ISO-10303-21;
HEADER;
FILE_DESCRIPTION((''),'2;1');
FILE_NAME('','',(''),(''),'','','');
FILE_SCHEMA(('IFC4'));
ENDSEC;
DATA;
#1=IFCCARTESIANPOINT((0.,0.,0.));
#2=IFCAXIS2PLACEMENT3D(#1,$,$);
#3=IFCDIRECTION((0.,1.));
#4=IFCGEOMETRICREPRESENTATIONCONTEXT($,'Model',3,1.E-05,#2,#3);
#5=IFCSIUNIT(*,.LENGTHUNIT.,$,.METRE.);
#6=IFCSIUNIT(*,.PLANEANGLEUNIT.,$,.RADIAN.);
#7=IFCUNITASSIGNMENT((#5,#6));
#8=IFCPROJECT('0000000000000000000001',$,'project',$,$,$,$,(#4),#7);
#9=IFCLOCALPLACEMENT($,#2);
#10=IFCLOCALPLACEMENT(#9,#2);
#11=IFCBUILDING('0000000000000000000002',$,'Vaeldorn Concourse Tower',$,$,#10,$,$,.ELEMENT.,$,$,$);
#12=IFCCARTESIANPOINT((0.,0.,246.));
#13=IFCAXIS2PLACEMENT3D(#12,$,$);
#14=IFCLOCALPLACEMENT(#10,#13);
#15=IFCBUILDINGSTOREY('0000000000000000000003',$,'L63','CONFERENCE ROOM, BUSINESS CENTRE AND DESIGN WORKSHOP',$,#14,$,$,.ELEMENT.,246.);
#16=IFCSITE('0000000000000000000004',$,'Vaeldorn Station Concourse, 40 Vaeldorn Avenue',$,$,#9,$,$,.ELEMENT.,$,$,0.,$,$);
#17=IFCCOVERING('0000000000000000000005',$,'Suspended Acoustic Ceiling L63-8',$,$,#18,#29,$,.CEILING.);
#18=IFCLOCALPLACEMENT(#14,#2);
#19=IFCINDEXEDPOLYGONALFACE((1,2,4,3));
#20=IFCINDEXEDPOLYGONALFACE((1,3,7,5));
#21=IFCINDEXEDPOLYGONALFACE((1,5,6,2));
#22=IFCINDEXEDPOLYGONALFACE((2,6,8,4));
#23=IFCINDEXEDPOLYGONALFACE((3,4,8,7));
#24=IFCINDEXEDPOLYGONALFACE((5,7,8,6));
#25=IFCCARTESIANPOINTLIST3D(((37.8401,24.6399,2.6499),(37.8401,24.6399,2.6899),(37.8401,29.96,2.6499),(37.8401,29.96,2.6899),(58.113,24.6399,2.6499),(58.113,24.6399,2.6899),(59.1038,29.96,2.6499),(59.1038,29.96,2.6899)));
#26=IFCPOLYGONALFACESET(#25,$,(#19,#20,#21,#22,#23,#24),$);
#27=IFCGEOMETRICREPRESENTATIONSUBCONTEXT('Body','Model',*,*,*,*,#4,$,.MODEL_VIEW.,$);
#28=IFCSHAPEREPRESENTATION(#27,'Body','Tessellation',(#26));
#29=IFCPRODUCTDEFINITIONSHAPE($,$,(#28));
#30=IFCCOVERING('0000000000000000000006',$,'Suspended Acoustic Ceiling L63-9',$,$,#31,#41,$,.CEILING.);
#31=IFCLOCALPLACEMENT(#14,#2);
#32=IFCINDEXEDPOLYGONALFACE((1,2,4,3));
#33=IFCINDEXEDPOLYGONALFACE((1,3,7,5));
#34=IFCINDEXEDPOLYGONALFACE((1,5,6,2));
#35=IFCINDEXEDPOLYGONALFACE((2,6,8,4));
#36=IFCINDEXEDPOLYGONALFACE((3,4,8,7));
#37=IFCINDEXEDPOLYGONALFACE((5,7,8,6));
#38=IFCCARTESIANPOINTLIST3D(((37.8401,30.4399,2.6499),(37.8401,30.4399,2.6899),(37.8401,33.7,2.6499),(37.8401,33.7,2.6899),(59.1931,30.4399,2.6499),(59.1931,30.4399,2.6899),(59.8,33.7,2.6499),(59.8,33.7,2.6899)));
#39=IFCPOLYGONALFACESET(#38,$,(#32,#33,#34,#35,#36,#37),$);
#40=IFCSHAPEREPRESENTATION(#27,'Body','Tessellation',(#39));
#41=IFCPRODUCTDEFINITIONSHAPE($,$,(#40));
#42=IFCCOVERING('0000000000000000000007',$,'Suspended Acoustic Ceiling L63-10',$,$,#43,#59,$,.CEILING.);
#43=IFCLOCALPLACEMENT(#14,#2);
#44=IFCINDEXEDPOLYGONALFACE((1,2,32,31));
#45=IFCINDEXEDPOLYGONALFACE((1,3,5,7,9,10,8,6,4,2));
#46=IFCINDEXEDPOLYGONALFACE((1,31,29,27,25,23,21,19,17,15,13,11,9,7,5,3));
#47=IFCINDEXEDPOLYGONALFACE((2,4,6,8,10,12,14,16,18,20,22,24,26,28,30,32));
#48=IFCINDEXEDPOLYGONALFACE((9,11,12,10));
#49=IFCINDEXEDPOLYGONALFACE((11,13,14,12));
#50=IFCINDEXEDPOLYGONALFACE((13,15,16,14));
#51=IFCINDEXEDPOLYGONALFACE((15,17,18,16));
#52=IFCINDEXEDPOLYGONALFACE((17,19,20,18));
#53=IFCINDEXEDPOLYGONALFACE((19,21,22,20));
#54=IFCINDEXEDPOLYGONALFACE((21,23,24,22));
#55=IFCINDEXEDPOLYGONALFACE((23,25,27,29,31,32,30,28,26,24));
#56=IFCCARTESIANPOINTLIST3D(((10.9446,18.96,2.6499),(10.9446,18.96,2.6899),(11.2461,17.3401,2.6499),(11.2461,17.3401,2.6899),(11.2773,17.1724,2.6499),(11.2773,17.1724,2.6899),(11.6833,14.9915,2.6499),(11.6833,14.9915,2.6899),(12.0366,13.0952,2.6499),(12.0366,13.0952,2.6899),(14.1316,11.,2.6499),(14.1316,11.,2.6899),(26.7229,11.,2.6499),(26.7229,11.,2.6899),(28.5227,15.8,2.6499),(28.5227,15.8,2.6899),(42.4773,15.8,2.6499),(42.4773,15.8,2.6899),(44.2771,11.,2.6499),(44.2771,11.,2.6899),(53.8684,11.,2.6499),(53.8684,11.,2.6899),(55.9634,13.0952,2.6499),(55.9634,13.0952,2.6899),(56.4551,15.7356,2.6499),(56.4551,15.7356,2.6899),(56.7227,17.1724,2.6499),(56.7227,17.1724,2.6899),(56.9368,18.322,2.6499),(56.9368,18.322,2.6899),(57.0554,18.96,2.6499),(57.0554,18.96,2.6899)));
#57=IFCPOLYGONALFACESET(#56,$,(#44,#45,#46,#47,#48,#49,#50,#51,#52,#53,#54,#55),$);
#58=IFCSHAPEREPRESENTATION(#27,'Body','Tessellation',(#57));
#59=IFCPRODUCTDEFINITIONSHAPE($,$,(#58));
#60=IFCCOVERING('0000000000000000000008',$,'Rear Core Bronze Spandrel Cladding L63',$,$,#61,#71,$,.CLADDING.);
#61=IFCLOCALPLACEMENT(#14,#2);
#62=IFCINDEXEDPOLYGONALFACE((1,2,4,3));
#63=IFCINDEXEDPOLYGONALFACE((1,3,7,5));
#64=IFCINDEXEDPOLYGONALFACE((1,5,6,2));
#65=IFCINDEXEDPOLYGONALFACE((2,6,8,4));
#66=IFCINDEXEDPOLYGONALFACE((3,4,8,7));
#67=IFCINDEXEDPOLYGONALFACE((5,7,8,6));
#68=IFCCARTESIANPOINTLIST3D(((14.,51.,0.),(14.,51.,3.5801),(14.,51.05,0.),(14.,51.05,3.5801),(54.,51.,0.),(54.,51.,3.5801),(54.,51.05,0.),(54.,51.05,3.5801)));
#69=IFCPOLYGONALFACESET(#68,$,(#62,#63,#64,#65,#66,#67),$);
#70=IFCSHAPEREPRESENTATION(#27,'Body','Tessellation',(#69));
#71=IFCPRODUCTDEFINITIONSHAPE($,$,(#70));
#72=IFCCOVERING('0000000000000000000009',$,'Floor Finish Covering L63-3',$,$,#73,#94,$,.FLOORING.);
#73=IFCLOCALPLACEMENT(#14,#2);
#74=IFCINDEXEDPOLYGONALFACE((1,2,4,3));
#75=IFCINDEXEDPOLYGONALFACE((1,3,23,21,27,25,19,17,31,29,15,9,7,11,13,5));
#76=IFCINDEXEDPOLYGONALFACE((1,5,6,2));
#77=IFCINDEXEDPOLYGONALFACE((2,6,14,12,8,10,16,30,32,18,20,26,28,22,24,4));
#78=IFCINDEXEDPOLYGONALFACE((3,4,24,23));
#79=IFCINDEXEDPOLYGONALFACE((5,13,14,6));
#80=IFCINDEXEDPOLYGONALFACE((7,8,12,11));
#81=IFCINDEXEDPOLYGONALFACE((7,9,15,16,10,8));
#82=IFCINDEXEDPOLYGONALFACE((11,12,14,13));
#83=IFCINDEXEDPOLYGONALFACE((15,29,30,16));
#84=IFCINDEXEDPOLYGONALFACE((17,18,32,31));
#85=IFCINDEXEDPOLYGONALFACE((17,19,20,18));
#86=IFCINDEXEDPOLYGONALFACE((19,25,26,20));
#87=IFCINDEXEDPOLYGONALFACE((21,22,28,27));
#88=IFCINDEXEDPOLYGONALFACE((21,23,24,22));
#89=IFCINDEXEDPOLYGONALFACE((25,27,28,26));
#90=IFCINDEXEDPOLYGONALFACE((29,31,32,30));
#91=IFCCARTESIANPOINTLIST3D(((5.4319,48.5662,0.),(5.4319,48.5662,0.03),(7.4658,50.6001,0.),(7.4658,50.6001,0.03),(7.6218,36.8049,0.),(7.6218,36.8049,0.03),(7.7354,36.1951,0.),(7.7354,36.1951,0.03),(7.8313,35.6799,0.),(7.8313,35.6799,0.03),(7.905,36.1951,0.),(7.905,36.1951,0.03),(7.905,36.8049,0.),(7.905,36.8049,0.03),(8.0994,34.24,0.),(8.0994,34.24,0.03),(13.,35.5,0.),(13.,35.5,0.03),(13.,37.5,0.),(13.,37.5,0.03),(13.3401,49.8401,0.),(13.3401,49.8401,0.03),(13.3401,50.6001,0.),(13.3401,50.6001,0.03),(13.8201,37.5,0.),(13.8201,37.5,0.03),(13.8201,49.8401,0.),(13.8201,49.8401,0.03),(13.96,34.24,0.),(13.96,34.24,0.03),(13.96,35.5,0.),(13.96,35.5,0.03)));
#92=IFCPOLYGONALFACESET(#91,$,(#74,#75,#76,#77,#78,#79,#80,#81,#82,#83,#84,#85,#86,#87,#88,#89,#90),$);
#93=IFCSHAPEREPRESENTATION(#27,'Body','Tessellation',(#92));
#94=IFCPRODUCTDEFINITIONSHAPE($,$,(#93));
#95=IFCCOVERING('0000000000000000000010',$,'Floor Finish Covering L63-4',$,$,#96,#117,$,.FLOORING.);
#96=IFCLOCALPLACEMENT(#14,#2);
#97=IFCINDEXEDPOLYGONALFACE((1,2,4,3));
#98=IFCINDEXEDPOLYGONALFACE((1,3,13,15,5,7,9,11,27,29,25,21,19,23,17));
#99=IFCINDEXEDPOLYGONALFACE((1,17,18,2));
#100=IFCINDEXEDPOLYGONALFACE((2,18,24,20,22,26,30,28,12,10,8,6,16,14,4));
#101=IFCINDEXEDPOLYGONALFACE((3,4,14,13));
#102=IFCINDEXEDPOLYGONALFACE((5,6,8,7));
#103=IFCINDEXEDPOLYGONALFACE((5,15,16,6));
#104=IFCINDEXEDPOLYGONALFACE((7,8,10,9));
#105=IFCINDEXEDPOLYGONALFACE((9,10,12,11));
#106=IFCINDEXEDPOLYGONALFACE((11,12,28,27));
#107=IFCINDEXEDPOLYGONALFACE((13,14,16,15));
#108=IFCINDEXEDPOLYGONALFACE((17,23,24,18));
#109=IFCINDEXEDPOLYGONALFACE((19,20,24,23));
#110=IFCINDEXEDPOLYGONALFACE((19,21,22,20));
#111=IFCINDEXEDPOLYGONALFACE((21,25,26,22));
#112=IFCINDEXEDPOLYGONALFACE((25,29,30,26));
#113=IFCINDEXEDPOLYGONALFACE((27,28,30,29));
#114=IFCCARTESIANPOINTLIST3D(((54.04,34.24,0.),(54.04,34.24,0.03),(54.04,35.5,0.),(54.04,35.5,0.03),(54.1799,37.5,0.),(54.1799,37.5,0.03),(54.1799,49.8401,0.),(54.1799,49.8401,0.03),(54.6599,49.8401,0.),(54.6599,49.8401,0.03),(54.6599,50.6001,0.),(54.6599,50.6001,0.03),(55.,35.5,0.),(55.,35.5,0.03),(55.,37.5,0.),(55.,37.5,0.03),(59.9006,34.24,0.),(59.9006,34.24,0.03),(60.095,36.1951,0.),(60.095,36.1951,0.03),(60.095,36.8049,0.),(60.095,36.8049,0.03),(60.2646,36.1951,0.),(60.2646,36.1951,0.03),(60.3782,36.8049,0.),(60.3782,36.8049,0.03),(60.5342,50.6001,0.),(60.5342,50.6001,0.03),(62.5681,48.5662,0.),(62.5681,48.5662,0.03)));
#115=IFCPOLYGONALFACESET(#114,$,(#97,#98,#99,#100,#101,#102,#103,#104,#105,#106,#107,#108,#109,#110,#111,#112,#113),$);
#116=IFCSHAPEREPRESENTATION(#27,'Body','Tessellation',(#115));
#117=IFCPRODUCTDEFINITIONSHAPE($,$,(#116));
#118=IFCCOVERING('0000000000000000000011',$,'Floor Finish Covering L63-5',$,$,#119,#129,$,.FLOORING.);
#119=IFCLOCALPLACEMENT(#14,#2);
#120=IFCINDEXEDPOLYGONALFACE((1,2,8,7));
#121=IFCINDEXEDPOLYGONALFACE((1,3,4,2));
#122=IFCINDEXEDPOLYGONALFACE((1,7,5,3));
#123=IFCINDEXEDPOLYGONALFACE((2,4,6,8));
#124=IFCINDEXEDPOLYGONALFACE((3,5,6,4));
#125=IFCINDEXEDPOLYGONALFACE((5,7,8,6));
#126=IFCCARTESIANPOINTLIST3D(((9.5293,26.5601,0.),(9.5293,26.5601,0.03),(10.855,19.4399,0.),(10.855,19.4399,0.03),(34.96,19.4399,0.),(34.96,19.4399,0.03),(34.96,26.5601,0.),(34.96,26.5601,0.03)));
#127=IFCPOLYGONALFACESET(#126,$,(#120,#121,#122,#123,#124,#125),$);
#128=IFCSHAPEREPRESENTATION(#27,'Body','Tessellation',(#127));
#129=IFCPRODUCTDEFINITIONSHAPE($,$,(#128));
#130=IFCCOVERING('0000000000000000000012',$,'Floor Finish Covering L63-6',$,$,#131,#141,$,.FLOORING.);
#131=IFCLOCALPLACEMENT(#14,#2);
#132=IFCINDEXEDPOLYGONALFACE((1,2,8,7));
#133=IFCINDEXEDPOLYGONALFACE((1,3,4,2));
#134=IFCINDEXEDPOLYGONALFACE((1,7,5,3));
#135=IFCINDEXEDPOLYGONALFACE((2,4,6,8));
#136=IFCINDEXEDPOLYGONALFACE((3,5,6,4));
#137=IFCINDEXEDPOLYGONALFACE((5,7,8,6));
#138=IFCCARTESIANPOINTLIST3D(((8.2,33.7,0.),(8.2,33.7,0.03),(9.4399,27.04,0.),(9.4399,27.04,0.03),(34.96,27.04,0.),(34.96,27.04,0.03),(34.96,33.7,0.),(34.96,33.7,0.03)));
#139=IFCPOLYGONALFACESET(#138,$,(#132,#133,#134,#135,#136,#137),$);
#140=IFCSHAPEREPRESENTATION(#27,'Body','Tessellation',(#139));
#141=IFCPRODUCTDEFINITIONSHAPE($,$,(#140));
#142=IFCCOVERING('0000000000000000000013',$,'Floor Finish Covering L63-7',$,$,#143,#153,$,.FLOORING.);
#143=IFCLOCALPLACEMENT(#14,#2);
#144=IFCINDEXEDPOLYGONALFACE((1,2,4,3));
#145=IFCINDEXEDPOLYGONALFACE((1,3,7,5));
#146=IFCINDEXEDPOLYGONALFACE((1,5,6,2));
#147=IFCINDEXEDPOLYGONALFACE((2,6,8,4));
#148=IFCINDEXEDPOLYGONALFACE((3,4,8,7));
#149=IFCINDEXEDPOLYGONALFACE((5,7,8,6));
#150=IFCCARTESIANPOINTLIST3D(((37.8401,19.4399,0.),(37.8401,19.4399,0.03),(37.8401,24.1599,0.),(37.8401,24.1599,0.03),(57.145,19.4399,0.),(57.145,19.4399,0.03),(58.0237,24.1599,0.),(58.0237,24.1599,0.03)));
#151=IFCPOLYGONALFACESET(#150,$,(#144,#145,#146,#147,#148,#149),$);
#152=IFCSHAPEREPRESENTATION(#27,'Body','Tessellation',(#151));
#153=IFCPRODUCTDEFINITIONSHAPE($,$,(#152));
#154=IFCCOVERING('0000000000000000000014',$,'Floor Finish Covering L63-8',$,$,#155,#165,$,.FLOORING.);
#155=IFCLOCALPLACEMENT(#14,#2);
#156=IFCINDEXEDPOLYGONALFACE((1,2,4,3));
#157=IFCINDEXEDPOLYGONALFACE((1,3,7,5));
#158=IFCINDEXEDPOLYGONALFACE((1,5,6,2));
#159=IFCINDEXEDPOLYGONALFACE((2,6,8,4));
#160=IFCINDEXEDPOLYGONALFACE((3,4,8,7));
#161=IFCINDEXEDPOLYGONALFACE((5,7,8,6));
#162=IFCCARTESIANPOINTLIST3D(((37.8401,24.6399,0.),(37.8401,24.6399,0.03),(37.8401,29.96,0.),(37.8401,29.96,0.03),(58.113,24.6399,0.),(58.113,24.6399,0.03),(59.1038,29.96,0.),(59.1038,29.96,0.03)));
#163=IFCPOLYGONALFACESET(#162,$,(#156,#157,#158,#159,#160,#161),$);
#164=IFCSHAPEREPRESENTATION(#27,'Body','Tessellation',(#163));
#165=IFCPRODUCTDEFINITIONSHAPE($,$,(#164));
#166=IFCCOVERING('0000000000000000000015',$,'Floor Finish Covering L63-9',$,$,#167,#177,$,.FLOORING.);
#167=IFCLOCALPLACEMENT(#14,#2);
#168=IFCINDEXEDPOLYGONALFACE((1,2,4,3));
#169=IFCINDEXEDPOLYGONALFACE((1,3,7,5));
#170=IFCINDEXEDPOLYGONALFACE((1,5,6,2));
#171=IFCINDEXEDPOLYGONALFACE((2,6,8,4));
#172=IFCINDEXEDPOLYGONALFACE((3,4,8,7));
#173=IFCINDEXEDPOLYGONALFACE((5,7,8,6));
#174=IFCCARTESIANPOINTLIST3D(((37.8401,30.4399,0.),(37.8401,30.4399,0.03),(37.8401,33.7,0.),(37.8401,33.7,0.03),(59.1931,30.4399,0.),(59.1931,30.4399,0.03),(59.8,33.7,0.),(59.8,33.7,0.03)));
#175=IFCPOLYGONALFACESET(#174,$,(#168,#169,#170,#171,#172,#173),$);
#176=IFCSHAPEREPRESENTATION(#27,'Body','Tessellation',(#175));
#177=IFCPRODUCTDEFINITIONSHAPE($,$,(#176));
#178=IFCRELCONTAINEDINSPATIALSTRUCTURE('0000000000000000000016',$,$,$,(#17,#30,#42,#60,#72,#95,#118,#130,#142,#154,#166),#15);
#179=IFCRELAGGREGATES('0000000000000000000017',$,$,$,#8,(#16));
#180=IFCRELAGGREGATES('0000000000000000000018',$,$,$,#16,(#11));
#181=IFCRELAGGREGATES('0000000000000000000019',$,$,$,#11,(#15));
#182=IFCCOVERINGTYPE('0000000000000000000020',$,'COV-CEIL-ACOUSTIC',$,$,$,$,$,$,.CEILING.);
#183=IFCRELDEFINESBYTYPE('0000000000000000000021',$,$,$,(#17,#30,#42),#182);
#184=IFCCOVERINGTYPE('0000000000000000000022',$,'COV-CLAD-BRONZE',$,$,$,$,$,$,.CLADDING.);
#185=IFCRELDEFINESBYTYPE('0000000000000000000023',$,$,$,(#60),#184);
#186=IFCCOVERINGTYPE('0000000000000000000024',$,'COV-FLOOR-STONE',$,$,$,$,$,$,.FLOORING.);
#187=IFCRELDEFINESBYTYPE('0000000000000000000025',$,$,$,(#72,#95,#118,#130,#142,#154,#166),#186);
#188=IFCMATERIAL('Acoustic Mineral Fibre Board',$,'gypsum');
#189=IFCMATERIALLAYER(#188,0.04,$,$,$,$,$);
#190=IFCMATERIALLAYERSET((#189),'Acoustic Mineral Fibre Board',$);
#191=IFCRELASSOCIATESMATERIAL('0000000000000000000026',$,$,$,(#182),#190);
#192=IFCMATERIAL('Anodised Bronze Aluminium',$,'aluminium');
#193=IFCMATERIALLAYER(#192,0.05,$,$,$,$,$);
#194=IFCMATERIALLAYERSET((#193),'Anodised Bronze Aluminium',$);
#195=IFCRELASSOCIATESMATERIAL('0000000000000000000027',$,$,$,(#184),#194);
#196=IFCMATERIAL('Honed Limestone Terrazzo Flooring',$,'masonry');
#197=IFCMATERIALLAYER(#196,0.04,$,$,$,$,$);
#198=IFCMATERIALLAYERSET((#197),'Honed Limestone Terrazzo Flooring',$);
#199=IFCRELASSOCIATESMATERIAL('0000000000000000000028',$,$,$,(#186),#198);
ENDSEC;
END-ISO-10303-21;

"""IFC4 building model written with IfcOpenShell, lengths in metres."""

from ifc_helpers import new_model, si_unit, direction, frame, origin, place, context, subcontext, project, spatial, polyline, outline, extrude, material, layer, layer_set, type_object, element, save


model = new_model("IFC4")

# Units and contexts
model_context = context("Model", 3, precision=1e-05, world=origin(), true_north=direction((0.0, 1.0)))
body_context = subcontext(model_context, "Body", "Model", "MODEL_VIEW")
ifc_project = project(units=[si_unit("LENGTHUNIT", "METRE"), si_unit("PLANEANGLEUNIT", "RADIAN")], contexts=[model_context])

# Site, building, storey
site_placement = place(None, origin())
site = spatial("IfcSite", under=ifc_project, at=site_placement, Name="Vaeldorn Station Concourse, 40 Vaeldorn Avenue", CompositionType="ELEMENT", RefElevation=0.0)
building_placement = place(site_placement, origin())
building = spatial("IfcBuilding", under=site, at=building_placement, Name="Vaeldorn Concourse Tower", CompositionType="ELEMENT")
storey_placement = place(building_placement, frame((0.0, 0.0, 246.0)))
storey = spatial("IfcBuildingStorey", under=building, at=storey_placement, Name="L63", Description="CONFERENCE ROOM, BUSINESS CENTRE AND DESIGN WORKSHOP", CompositionType="ELEMENT", Elevation=246.0)

# Coverings
ifc_material_1 = material(Name="Acoustic Mineral Fibre Board", Category="gypsum")
ifc_layer_1 = layer(ifc_material_1, 0.04)
ifc_layer_set_1 = layer_set([ifc_layer_1], Name="Acoustic Mineral Fibre Board")
covering_type_1 = type_object("IfcCoveringType", Name="COV-CEIL-ACOUSTIC", PredefinedType="CEILING", material=ifc_layer_set_1)
covering_1_placement = place(storey_placement, frame((0.0, 0.0, 2.6499)))
element("IfcCovering", 1, at=covering_1_placement, inside=storey, type_object=covering_type_1, Name="Suspended Acoustic Ceiling L63-8", PredefinedType="CEILING", context=body_context, shape_type="SweptSolid", body=[
    extrude(outline(polyline([(37.8401, 24.6399), (37.8401, 29.96), (59.1038, 29.96), (58.113, 24.6399), (37.8401, 24.6399)])), origin(), (0.0, 0.0, 1.0), 0.04),
])
covering_2_placement = place(storey_placement, frame((0.0, 0.0, 2.6499)))
element("IfcCovering", 2, at=covering_2_placement, inside=storey, type_object=covering_type_1, Name="Suspended Acoustic Ceiling L63-9", PredefinedType="CEILING", context=body_context, shape_type="SweptSolid", body=[
    extrude(outline(polyline([(37.8401, 30.4399), (37.8401, 33.7), (59.8, 33.7), (59.1931, 30.4399), (37.8401, 30.4399)])), origin(), (0.0, 0.0, 1.0), 0.04),
])
covering_3_placement = place(storey_placement, frame((0.0, 0.0, 2.6499)))
element("IfcCovering", 3, at=covering_3_placement, inside=storey, type_object=covering_type_1, Name="Suspended Acoustic Ceiling L63-10", PredefinedType="CEILING", context=body_context, shape_type="SweptSolid", body=[
    extrude(outline(polyline([(57.0554, 18.96), (56.9368, 18.322), (56.7227, 17.1724), (56.4551, 15.7356), (56.4551, 15.7356), (55.9634, 13.0952), (53.8684, 11.0), (44.2771, 11.0), (42.4773, 15.8), (28.5227, 15.8), (26.7229, 11.0), (14.1316, 11.0), (12.0366, 13.0952), (11.6833, 14.9915), (11.2773, 17.1724), (11.2461, 17.3401), (11.2461, 17.3401), (10.9446, 18.96), (57.0554, 18.96)])), origin(), (0.0, 0.0, 1.0), 0.04),
])
ifc_material_2 = material(Name="Anodised Bronze Aluminium", Category="aluminium")
ifc_layer_2 = layer(ifc_material_2, 0.05)
ifc_layer_set_2 = layer_set([ifc_layer_2], Name="Anodised Bronze Aluminium")
covering_type_2 = type_object("IfcCoveringType", Name="COV-CLAD-BRONZE", PredefinedType="CLADDING", material=ifc_layer_set_2)
covering_4_placement = place(storey_placement, origin())
element("IfcCovering", 4, at=covering_4_placement, inside=storey, type_object=covering_type_2, Name="Rear Core Bronze Spandrel Cladding L63", PredefinedType="CLADDING", context=body_context, shape_type="SweptSolid", body=[
    extrude(outline(polyline([(14.0, 51.0), (54.0, 51.0), (54.0, 51.05), (14.0, 51.05), (14.0, 51.0)])), origin(), (0.0, 0.0, 1.0), 3.5801),
])
ifc_material_3 = material(Name="Honed Limestone Terrazzo Flooring", Category="masonry")
ifc_layer_3 = layer(ifc_material_3, 0.04)
ifc_layer_set_3 = layer_set([ifc_layer_3], Name="Honed Limestone Terrazzo Flooring")
covering_type_3 = type_object("IfcCoveringType", Name="COV-FLOOR-STONE", PredefinedType="FLOORING", material=ifc_layer_set_3)
covering_5_placement = place(storey_placement, origin())
element("IfcCovering", 5, at=covering_5_placement, inside=storey, type_object=covering_type_3, Name="Floor Finish Covering L63-3", PredefinedType="FLOORING", context=body_context, shape_type="SweptSolid", body=[
    extrude(outline(polyline([(7.4658, 50.6001), (13.3401, 50.6001), (13.3401, 49.8401), (13.8201, 49.8401), (13.8201, 37.5), (13.0, 37.5), (13.0, 35.5), (13.96, 35.5), (13.96, 34.24), (8.0994, 34.24), (7.8313, 35.6799), (7.8313, 35.6799), (7.7354, 36.1951), (7.905, 36.1951), (7.905, 36.8049), (7.6218, 36.8049), (5.4319, 48.5662), (7.4658, 50.6001)])), origin(), (0.0, 0.0, 1.0), 0.03),
])
covering_6_placement = place(storey_placement, origin())
element("IfcCovering", 6, at=covering_6_placement, inside=storey, type_object=covering_type_3, Name="Floor Finish Covering L63-4", PredefinedType="FLOORING", context=body_context, shape_type="SweptSolid", body=[
    extrude(outline(polyline([(54.1799, 49.8401), (54.6599, 49.8401), (54.6599, 50.6001), (60.5342, 50.6001), (62.5681, 48.5662), (60.3782, 36.8049), (60.095, 36.8049), (60.095, 36.1951), (60.2646, 36.1951), (59.9006, 34.24), (54.04, 34.24), (54.04, 35.5), (55.0, 35.5), (55.0, 37.5), (54.1799, 37.5), (54.1799, 49.8401)])), origin(), (0.0, 0.0, 1.0), 0.03),
])
covering_7_placement = place(storey_placement, origin())
element("IfcCovering", 7, at=covering_7_placement, inside=storey, type_object=covering_type_3, Name="Floor Finish Covering L63-5", PredefinedType="FLOORING", context=body_context, shape_type="SweptSolid", body=[
    extrude(outline(polyline([(34.96, 26.5601), (34.96, 19.4399), (10.855, 19.4399), (9.5293, 26.5601), (34.96, 26.5601)])), origin(), (0.0, 0.0, 1.0), 0.03),
])
covering_8_placement = place(storey_placement, origin())
element("IfcCovering", 8, at=covering_8_placement, inside=storey, type_object=covering_type_3, Name="Floor Finish Covering L63-6", PredefinedType="FLOORING", context=body_context, shape_type="SweptSolid", body=[
    extrude(outline(polyline([(34.96, 33.7), (34.96, 27.04), (9.4399, 27.04), (8.2, 33.7), (34.96, 33.7)])), origin(), (0.0, 0.0, 1.0), 0.03),
])
covering_9_placement = place(storey_placement, origin())
element("IfcCovering", 9, at=covering_9_placement, inside=storey, type_object=covering_type_3, Name="Floor Finish Covering L63-7", PredefinedType="FLOORING", context=body_context, shape_type="SweptSolid", body=[
    extrude(outline(polyline([(37.8401, 19.4399), (37.8401, 24.1599), (58.0237, 24.1599), (57.145, 19.4399), (37.8401, 19.4399)])), origin(), (0.0, 0.0, 1.0), 0.03),
])
covering_10_placement = place(storey_placement, origin())
element("IfcCovering", 10, at=covering_10_placement, inside=storey, type_object=covering_type_3, Name="Floor Finish Covering L63-8", PredefinedType="FLOORING", context=body_context, shape_type="SweptSolid", body=[
    extrude(outline(polyline([(37.8401, 24.6399), (37.8401, 29.96), (59.1038, 29.96), (58.113, 24.6399), (37.8401, 24.6399)])), origin(), (0.0, 0.0, 1.0), 0.03),
])
covering_11_placement = place(storey_placement, origin())
element("IfcCovering", 11, at=covering_11_placement, inside=storey, type_object=covering_type_3, Name="Floor Finish Covering L63-9", PredefinedType="FLOORING", context=body_context, shape_type="SweptSolid", body=[
    extrude(outline(polyline([(37.8401, 30.4399), (37.8401, 33.7), (59.8, 33.7), (59.1931, 30.4399), (37.8401, 30.4399)])), origin(), (0.0, 0.0, 1.0), 0.03),
])

save(model, "model.ifc")
